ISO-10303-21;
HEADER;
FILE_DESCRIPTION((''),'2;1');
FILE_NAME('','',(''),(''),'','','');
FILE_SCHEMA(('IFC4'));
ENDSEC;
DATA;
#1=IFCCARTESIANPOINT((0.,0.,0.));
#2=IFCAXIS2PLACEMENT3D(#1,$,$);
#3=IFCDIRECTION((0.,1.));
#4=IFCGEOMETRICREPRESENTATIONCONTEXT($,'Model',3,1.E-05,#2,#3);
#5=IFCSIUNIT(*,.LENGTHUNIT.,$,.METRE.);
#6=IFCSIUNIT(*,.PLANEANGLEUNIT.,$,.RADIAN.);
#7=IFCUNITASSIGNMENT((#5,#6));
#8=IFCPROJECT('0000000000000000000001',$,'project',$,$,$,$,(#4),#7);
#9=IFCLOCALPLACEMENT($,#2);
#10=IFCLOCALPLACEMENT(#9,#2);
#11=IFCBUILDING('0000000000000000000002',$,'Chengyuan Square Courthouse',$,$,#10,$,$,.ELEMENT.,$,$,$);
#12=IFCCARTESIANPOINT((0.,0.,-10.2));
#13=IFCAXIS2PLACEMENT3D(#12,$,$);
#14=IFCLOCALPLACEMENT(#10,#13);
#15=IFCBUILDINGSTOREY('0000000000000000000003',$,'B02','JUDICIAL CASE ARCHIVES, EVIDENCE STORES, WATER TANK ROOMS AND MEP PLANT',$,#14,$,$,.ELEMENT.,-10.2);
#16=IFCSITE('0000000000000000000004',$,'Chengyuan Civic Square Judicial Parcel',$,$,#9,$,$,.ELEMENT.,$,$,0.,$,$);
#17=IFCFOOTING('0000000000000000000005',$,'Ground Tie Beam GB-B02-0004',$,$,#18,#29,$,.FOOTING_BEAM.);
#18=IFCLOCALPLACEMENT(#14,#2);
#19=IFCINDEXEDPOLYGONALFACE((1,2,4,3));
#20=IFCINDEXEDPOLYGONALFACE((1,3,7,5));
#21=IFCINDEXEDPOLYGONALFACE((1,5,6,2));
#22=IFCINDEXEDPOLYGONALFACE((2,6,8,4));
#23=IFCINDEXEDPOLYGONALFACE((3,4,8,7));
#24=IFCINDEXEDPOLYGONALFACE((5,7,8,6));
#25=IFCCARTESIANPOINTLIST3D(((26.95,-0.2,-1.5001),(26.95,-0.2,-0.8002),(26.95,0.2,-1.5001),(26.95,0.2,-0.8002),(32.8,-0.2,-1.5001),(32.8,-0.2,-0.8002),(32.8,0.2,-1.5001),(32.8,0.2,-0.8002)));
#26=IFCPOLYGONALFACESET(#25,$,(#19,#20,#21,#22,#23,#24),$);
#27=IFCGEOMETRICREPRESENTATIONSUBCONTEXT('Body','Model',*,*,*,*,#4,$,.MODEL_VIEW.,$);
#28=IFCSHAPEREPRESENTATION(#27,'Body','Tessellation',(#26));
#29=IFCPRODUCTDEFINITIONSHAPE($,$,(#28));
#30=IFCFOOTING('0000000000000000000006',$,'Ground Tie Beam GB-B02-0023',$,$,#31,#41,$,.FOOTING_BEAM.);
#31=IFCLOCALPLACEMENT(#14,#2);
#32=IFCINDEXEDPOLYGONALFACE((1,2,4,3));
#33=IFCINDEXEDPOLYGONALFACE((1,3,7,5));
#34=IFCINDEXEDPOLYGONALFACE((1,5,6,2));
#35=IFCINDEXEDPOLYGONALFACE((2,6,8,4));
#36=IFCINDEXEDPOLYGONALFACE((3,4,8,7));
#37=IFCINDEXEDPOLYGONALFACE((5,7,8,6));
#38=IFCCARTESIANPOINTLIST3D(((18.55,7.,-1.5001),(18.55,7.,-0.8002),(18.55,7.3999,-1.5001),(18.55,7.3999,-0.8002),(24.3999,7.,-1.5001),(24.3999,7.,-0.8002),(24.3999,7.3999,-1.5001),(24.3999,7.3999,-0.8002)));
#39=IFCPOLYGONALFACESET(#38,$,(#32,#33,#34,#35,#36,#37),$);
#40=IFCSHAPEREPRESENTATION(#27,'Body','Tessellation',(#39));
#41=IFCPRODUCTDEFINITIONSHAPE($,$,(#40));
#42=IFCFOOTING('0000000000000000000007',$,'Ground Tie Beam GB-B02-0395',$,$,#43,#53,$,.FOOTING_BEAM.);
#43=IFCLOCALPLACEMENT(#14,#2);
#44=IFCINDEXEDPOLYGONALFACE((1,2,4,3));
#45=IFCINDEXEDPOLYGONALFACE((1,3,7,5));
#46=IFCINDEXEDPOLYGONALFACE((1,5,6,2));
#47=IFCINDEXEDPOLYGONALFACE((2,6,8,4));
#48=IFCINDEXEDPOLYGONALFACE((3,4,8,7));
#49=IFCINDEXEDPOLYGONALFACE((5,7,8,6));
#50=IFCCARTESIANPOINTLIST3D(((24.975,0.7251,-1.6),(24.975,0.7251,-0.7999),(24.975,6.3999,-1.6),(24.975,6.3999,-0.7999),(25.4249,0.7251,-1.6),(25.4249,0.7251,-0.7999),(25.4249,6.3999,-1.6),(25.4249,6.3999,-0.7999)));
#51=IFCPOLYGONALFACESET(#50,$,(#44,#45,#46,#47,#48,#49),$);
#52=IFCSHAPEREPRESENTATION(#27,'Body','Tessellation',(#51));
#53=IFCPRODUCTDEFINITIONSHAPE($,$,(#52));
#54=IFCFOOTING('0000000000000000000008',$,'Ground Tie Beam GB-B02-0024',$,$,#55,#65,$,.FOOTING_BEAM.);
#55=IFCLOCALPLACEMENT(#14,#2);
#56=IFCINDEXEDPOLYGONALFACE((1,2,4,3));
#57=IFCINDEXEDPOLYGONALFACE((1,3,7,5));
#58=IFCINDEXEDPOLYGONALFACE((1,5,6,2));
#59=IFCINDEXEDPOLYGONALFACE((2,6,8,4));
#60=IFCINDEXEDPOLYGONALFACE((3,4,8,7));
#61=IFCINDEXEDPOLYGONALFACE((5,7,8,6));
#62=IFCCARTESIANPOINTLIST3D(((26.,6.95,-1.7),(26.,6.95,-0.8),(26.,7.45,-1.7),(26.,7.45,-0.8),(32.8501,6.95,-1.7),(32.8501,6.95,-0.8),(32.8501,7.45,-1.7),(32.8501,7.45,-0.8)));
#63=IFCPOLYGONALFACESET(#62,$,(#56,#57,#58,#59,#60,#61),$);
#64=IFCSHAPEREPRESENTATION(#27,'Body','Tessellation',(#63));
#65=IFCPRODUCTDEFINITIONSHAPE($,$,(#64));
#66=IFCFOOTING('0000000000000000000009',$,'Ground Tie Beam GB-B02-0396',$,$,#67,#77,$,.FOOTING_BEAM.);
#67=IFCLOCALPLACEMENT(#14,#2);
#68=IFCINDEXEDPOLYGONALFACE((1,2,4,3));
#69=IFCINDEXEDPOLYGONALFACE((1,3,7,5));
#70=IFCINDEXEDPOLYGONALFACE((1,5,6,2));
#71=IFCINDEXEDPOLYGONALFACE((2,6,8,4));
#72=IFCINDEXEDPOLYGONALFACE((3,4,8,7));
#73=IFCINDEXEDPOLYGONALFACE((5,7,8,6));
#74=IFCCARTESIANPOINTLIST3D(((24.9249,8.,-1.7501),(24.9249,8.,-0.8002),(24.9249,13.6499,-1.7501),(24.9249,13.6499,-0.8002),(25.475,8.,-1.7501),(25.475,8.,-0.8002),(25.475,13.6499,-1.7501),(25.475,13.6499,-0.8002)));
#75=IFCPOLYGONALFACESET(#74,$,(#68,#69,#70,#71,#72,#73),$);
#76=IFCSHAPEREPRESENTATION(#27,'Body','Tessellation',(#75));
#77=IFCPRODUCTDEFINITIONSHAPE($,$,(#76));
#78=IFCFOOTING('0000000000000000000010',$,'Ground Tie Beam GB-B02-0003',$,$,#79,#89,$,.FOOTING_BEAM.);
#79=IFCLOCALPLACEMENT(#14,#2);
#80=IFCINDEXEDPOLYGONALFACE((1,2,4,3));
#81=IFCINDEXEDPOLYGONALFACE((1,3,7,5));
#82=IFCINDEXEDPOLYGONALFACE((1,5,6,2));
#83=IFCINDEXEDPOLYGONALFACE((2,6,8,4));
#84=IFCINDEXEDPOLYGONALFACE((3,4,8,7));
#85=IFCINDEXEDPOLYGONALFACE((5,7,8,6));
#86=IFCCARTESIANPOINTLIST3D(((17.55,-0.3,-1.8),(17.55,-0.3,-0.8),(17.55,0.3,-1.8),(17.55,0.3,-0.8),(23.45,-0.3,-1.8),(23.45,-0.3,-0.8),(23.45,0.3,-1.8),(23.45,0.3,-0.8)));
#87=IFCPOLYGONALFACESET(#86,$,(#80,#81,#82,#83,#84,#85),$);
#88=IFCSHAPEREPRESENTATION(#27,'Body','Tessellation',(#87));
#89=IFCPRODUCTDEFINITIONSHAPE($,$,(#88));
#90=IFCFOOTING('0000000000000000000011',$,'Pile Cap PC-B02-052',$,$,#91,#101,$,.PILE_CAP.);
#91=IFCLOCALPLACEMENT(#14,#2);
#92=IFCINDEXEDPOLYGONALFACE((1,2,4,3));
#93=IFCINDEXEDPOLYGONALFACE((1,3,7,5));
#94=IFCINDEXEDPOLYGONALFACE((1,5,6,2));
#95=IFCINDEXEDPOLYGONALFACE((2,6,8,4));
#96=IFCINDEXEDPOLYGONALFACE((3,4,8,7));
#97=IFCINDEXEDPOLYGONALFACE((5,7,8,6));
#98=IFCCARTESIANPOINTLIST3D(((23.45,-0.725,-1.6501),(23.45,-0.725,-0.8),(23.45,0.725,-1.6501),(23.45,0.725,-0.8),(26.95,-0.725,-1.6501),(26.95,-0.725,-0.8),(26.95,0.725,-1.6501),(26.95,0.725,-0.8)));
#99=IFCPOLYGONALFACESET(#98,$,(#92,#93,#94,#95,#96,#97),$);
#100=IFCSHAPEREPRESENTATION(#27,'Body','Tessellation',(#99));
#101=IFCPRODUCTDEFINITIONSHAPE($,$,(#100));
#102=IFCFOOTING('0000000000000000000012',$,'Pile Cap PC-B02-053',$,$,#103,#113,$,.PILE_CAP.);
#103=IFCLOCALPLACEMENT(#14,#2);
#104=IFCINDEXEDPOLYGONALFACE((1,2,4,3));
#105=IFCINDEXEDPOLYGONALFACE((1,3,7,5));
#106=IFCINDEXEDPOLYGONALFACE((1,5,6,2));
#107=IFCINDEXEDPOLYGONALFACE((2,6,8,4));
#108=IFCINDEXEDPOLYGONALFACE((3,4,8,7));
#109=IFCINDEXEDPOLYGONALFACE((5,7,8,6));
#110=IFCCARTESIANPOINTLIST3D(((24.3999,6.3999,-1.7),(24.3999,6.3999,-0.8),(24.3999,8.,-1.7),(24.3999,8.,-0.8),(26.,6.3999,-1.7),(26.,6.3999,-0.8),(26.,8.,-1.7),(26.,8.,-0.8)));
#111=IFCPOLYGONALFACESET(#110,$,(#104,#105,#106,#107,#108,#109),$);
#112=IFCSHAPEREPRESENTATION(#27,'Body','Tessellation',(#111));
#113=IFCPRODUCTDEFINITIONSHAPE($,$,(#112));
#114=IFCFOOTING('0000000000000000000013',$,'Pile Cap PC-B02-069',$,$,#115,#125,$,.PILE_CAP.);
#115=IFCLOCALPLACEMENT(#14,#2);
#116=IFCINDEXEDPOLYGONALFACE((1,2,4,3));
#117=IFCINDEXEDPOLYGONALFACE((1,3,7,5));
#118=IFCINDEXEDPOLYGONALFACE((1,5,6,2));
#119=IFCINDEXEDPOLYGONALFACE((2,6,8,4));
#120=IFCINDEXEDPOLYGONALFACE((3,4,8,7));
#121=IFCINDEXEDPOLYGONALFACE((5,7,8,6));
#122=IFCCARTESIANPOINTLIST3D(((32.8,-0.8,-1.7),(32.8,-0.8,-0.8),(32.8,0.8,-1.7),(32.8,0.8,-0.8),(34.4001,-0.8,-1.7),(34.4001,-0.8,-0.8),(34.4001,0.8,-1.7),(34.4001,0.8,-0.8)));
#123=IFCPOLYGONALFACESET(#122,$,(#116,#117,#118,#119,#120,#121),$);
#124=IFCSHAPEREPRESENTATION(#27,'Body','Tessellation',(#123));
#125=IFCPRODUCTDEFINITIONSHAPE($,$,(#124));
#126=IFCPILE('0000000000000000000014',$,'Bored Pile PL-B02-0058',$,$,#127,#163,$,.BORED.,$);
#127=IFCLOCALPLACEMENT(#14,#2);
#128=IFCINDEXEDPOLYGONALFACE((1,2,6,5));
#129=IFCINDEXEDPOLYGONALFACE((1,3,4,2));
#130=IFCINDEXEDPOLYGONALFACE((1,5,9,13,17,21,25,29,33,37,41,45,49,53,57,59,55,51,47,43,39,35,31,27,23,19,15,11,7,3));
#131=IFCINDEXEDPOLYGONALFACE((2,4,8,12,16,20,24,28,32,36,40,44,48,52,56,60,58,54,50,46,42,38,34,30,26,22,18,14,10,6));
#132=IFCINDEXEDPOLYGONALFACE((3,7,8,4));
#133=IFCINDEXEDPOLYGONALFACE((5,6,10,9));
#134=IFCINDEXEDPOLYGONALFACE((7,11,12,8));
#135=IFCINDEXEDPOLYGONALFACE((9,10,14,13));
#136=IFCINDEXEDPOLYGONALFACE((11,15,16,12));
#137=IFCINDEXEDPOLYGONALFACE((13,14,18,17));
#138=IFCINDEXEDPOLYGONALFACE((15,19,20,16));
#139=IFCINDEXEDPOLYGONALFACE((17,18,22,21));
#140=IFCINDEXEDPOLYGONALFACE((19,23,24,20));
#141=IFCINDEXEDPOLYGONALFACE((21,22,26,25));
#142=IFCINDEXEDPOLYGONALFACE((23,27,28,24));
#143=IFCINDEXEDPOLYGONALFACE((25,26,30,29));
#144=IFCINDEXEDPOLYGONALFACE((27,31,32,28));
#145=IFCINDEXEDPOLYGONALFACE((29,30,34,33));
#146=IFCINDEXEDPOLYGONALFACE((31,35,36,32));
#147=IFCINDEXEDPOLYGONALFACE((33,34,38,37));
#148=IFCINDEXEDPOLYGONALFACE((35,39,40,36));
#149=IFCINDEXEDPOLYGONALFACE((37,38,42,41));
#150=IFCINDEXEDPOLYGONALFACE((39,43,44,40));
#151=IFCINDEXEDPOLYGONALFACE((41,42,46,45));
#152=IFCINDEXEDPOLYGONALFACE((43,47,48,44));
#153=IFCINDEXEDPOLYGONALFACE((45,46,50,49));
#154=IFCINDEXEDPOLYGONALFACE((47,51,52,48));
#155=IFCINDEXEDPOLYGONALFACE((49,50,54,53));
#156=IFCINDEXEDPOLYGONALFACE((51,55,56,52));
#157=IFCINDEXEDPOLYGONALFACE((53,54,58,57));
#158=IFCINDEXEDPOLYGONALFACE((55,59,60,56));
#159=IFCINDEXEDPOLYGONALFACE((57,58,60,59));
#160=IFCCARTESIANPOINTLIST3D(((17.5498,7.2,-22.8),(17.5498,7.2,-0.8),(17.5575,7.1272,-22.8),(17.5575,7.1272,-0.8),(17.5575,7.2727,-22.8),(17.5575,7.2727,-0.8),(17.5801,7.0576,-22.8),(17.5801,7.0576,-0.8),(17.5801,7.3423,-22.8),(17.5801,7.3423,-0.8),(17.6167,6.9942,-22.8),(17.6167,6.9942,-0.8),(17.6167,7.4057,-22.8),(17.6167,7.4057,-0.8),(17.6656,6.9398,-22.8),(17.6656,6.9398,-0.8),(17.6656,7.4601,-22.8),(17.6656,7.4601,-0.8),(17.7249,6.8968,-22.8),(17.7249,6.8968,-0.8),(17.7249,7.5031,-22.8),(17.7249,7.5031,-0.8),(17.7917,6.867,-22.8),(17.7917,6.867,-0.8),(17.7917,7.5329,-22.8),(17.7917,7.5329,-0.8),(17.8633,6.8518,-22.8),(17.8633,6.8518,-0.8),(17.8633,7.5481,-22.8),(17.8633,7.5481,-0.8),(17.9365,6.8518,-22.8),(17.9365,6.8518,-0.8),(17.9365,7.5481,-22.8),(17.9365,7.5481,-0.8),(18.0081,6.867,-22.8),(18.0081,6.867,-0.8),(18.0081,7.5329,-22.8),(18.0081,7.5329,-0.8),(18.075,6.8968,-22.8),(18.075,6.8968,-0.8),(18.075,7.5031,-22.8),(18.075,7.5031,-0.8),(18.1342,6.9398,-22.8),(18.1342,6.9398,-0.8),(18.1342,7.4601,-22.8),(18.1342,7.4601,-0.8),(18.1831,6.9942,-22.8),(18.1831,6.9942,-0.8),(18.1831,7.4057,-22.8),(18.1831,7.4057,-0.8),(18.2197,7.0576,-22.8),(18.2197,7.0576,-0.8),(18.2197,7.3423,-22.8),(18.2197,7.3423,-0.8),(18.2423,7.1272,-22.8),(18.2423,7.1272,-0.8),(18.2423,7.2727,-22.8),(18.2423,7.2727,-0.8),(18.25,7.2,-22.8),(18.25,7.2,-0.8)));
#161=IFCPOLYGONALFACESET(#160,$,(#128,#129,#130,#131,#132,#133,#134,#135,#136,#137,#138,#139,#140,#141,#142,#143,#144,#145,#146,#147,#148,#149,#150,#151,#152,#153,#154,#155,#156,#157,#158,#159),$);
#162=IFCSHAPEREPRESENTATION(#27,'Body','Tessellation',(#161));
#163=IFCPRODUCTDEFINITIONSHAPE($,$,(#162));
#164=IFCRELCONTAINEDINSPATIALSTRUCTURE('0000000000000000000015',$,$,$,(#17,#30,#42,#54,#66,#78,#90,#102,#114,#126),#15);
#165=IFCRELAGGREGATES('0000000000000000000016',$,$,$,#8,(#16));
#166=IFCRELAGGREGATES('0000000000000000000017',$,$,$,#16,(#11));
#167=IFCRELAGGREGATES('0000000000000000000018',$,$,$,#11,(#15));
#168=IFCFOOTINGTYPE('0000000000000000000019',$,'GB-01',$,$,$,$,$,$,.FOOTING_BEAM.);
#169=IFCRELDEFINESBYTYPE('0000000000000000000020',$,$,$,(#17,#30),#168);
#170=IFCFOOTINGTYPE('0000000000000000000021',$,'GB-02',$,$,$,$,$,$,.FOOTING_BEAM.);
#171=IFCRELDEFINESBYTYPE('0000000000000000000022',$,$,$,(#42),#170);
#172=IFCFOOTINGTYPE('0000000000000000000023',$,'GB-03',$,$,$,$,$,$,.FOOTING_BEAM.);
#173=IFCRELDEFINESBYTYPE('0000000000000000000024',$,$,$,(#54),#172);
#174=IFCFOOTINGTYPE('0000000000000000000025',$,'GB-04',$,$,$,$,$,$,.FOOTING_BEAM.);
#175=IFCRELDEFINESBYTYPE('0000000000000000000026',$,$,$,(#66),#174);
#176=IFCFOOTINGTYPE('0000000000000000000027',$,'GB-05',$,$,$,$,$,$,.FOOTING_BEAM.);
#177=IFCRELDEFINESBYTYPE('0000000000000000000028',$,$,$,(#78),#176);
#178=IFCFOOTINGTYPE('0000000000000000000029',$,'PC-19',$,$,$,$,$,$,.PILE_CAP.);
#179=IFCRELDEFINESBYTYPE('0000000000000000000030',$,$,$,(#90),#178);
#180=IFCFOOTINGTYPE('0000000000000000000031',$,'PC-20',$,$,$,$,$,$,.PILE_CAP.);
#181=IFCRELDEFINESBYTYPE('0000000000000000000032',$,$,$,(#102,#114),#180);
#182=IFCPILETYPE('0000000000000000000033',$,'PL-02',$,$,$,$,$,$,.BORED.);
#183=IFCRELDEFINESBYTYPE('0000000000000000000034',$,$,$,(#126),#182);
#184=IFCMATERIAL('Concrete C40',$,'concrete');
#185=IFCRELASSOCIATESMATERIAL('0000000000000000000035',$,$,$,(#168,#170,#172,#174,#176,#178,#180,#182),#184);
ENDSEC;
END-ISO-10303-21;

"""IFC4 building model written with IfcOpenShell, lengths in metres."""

from ifc_helpers import new_model, si_unit, direction, frame, origin, origin_2d, place, context, subcontext, project, spatial, rectangle, circle, extrude, material, material_profile, profile_set, type_object, element, save


model = new_model("IFC4")

# Units and contexts
model_context = context("Model", 3, precision=1e-05, world=origin(), true_north=direction((0.0, 1.0)))
body_context = subcontext(model_context, "Body", "Model", "MODEL_VIEW")
ifc_project = project(units=[si_unit("LENGTHUNIT", "METRE"), si_unit("PLANEANGLEUNIT", "RADIAN")], contexts=[model_context])

# Site, building, storey
site_placement = place(None, origin())
site = spatial("IfcSite", under=ifc_project, at=site_placement, Name="Chengyuan Civic Square Judicial Parcel", CompositionType="ELEMENT", RefElevation=0.0)
building_placement = place(site_placement, origin())
building = spatial("IfcBuilding", under=site, at=building_placement, Name="Chengyuan Square Courthouse", CompositionType="ELEMENT")
storey_placement = place(building_placement, frame((0.0, 0.0, -10.2)))
storey = spatial("IfcBuildingStorey", under=building, at=storey_placement, Name="B02", Description="JUDICIAL CASE ARCHIVES, EVIDENCE STORES, WATER TANK ROOMS AND MEP PLANT", CompositionType="ELEMENT", Elevation=-10.2)

# Footings
ifc_material_1 = material(Name="Concrete C40", Category="concrete")
ifc_material_profile_1 = material_profile(ifc_material_1, rectangle(XDim=0.3999, YDim=0.7, at=origin_2d()), Name="GB-400x700")
ifc_profile_set_1 = profile_set([ifc_material_profile_1], Name="Concrete C40")
footing_type_1 = type_object("IfcFootingType", Name="GB-01", PredefinedType="FOOTING_BEAM", material=ifc_profile_set_1)
footing_1_placement = place(storey_placement, frame((26.95, 0.0, -1.1501), z_axis=(1.0, 0.0, 0.0), x_axis=(0.0, 1.0, 0.0)))
element("IfcFooting", 1, at=footing_1_placement, inside=storey, type_object=footing_type_1, Name="Ground Tie Beam GB-B02-0004", PredefinedType="FOOTING_BEAM", context=body_context, shape_type="SweptSolid", body=[
    extrude(rectangle(XDim=0.3999, YDim=0.7, at=origin_2d()), origin(), (0.0, 0.0, 1.0), 5.8501),
])
footing_2_placement = place(storey_placement, frame((18.55, 7.2, -1.1501), z_axis=(1.0, 0.0, 0.0), x_axis=(0.0, 1.0, 0.0)))
element("IfcFooting", 2, at=footing_2_placement, inside=storey, type_object=footing_type_1, Name="Ground Tie Beam GB-B02-0023", PredefinedType="FOOTING_BEAM", context=body_context, shape_type="SweptSolid", body=[
    extrude(rectangle(XDim=0.3999, YDim=0.7, at=origin_2d()), origin(), (0.0, 0.0, 1.0), 5.8499),
])
ifc_material_profile_2 = material_profile(ifc_material_1, rectangle(XDim=0.45, YDim=0.8, at=origin_2d()), Name="GB-450x800")
ifc_profile_set_2 = profile_set([ifc_material_profile_2], Name="Concrete C40")
footing_type_2 = type_object("IfcFootingType", Name="GB-02", PredefinedType="FOOTING_BEAM", material=ifc_profile_set_2)
footing_3_placement = place(storey_placement, frame((25.2, 0.7251, -1.2), z_axis=(0.0, 1.0, 0.0), x_axis=(-1.0, 0.0, 0.0)))
element("IfcFooting", 3, at=footing_3_placement, inside=storey, type_object=footing_type_2, Name="Ground Tie Beam GB-B02-0395", PredefinedType="FOOTING_BEAM", context=body_context, shape_type="SweptSolid", body=[
    extrude(rectangle(XDim=0.45, YDim=0.8, at=origin_2d()), origin(), (0.0, 0.0, 1.0), 5.6748),
])
ifc_material_profile_3 = material_profile(ifc_material_1, rectangle(XDim=0.5, YDim=0.8999, at=origin_2d()), Name="GB-500x900")
ifc_profile_set_3 = profile_set([ifc_material_profile_3], Name="Concrete C40")
footing_type_3 = type_object("IfcFootingType", Name="GB-03", PredefinedType="FOOTING_BEAM", material=ifc_profile_set_3)
footing_4_placement = place(storey_placement, frame((26.0, 7.2, -1.25), z_axis=(1.0, 0.0, 0.0), x_axis=(0.0, 1.0, 0.0)))
element("IfcFooting", 4, at=footing_4_placement, inside=storey, type_object=footing_type_3, Name="Ground Tie Beam GB-B02-0024", PredefinedType="FOOTING_BEAM", context=body_context, shape_type="SweptSolid", body=[
    extrude(rectangle(XDim=0.5, YDim=0.8999, at=origin_2d()), origin(), (0.0, 0.0, 1.0), 6.8501),
])
ifc_material_profile_4 = material_profile(ifc_material_1, rectangle(XDim=0.55, YDim=0.95, at=origin_2d()), Name="GB-550x950")
ifc_profile_set_4 = profile_set([ifc_material_profile_4], Name="Concrete C40")
footing_type_4 = type_object("IfcFootingType", Name="GB-04", PredefinedType="FOOTING_BEAM", material=ifc_profile_set_4)
footing_5_placement = place(storey_placement, frame((25.2, 8.0, -1.2751), z_axis=(0.0, 1.0, 0.0), x_axis=(-1.0, 0.0, 0.0)))
element("IfcFooting", 5, at=footing_5_placement, inside=storey, type_object=footing_type_4, Name="Ground Tie Beam GB-B02-0396", PredefinedType="FOOTING_BEAM", context=body_context, shape_type="SweptSolid", body=[
    extrude(rectangle(XDim=0.55, YDim=0.95, at=origin_2d()), origin(), (0.0, 0.0, 1.0), 5.6499),
])
ifc_material_profile_5 = material_profile(ifc_material_1, rectangle(XDim=0.6001, YDim=1.0, at=origin_2d()), Name="GB-600x1000")
ifc_profile_set_5 = profile_set([ifc_material_profile_5], Name="Concrete C40")
footing_type_5 = type_object("IfcFootingType", Name="GB-05", PredefinedType="FOOTING_BEAM", material=ifc_profile_set_5)
footing_6_placement = place(storey_placement, frame((17.55, 0.0, -1.3), z_axis=(1.0, 0.0, 0.0), x_axis=(0.0, 1.0, 0.0)))
element("IfcFooting", 6, at=footing_6_placement, inside=storey, type_object=footing_type_5, Name="Ground Tie Beam GB-B02-0003", PredefinedType="FOOTING_BEAM", context=body_context, shape_type="SweptSolid", body=[
    extrude(rectangle(XDim=0.6001, YDim=1.0, at=origin_2d()), origin(), (0.0, 0.0, 1.0), 5.8999),
])
footing_type_6 = type_object("IfcFootingType", Name="PC-19", PredefinedType="PILE_CAP", material=ifc_material_1)
footing_7_placement = place(storey_placement, frame((25.2, 0.0, -1.6501), z_axis=(0.0, 0.0, 1.0), x_axis=(1.0, 0.0, 0.0)))
element("IfcFooting", 7, at=footing_7_placement, inside=storey, type_object=footing_type_6, Name="Pile Cap PC-B02-052", PredefinedType="PILE_CAP", context=body_context, shape_type="SweptSolid", body=[
    extrude(rectangle(XDim=3.5, YDim=1.45, at=origin_2d()), origin(), (0.0, 0.0, 1.0), 0.8501),
])
footing_type_7 = type_object("IfcFootingType", Name="PC-20", PredefinedType="PILE_CAP", material=ifc_material_1)
for number, where, z_axis, x_axis, name in (
    (8, (25.2, 7.2, -1.7), (0.0, 0.0, 1.0), (1.0, 0.0, 0.0), "Pile Cap PC-B02-053"),
    (9, (33.6001, 0.0, -1.7), (0.0, 0.0, 1.0), (1.0, 0.0, 0.0), "Pile Cap PC-B02-069"),
):
    element("IfcFooting", number, at=place(storey_placement, frame(where, z_axis=z_axis, x_axis=x_axis)), inside=storey, type_object=footing_type_7, Name=name, PredefinedType="PILE_CAP", context=body_context, shape_type="SweptSolid", body=[
        extrude(rectangle(XDim=1.6001, YDim=1.6001, at=origin_2d()), origin(), (0.0, 0.0, 1.0), 0.8999),
    ])

# Pile
ifc_material_profile_6 = material_profile(ifc_material_1, circle(Radius=0.3501, at=origin_2d()), Name="BORED PILE D700")
ifc_profile_set_6 = profile_set([ifc_material_profile_6], Name="Concrete C40")
pile_type = type_object("IfcPileType", Name="PL-02", PredefinedType="BORED", material=ifc_profile_set_6)
for number, where, z_axis, x_axis, name in (
    (10, (17.8999, 7.2, -0.8), (0.0, 0.0, -1.0), (1.0, 0.0, 0.0), "Bored Pile PL-B02-0058"),
):
    element("IfcPile", number, at=place(storey_placement, frame(where, z_axis=z_axis, x_axis=x_axis)), inside=storey, type_object=pile_type, Name=name, PredefinedType="BORED", context=body_context, shape_type="SweptSolid", body=[
        extrude(circle(Radius=0.3501, at=origin_2d()), origin(), (0.0, 0.0, 1.0), 22.0),
    ])

save(model, "model.ifc")
